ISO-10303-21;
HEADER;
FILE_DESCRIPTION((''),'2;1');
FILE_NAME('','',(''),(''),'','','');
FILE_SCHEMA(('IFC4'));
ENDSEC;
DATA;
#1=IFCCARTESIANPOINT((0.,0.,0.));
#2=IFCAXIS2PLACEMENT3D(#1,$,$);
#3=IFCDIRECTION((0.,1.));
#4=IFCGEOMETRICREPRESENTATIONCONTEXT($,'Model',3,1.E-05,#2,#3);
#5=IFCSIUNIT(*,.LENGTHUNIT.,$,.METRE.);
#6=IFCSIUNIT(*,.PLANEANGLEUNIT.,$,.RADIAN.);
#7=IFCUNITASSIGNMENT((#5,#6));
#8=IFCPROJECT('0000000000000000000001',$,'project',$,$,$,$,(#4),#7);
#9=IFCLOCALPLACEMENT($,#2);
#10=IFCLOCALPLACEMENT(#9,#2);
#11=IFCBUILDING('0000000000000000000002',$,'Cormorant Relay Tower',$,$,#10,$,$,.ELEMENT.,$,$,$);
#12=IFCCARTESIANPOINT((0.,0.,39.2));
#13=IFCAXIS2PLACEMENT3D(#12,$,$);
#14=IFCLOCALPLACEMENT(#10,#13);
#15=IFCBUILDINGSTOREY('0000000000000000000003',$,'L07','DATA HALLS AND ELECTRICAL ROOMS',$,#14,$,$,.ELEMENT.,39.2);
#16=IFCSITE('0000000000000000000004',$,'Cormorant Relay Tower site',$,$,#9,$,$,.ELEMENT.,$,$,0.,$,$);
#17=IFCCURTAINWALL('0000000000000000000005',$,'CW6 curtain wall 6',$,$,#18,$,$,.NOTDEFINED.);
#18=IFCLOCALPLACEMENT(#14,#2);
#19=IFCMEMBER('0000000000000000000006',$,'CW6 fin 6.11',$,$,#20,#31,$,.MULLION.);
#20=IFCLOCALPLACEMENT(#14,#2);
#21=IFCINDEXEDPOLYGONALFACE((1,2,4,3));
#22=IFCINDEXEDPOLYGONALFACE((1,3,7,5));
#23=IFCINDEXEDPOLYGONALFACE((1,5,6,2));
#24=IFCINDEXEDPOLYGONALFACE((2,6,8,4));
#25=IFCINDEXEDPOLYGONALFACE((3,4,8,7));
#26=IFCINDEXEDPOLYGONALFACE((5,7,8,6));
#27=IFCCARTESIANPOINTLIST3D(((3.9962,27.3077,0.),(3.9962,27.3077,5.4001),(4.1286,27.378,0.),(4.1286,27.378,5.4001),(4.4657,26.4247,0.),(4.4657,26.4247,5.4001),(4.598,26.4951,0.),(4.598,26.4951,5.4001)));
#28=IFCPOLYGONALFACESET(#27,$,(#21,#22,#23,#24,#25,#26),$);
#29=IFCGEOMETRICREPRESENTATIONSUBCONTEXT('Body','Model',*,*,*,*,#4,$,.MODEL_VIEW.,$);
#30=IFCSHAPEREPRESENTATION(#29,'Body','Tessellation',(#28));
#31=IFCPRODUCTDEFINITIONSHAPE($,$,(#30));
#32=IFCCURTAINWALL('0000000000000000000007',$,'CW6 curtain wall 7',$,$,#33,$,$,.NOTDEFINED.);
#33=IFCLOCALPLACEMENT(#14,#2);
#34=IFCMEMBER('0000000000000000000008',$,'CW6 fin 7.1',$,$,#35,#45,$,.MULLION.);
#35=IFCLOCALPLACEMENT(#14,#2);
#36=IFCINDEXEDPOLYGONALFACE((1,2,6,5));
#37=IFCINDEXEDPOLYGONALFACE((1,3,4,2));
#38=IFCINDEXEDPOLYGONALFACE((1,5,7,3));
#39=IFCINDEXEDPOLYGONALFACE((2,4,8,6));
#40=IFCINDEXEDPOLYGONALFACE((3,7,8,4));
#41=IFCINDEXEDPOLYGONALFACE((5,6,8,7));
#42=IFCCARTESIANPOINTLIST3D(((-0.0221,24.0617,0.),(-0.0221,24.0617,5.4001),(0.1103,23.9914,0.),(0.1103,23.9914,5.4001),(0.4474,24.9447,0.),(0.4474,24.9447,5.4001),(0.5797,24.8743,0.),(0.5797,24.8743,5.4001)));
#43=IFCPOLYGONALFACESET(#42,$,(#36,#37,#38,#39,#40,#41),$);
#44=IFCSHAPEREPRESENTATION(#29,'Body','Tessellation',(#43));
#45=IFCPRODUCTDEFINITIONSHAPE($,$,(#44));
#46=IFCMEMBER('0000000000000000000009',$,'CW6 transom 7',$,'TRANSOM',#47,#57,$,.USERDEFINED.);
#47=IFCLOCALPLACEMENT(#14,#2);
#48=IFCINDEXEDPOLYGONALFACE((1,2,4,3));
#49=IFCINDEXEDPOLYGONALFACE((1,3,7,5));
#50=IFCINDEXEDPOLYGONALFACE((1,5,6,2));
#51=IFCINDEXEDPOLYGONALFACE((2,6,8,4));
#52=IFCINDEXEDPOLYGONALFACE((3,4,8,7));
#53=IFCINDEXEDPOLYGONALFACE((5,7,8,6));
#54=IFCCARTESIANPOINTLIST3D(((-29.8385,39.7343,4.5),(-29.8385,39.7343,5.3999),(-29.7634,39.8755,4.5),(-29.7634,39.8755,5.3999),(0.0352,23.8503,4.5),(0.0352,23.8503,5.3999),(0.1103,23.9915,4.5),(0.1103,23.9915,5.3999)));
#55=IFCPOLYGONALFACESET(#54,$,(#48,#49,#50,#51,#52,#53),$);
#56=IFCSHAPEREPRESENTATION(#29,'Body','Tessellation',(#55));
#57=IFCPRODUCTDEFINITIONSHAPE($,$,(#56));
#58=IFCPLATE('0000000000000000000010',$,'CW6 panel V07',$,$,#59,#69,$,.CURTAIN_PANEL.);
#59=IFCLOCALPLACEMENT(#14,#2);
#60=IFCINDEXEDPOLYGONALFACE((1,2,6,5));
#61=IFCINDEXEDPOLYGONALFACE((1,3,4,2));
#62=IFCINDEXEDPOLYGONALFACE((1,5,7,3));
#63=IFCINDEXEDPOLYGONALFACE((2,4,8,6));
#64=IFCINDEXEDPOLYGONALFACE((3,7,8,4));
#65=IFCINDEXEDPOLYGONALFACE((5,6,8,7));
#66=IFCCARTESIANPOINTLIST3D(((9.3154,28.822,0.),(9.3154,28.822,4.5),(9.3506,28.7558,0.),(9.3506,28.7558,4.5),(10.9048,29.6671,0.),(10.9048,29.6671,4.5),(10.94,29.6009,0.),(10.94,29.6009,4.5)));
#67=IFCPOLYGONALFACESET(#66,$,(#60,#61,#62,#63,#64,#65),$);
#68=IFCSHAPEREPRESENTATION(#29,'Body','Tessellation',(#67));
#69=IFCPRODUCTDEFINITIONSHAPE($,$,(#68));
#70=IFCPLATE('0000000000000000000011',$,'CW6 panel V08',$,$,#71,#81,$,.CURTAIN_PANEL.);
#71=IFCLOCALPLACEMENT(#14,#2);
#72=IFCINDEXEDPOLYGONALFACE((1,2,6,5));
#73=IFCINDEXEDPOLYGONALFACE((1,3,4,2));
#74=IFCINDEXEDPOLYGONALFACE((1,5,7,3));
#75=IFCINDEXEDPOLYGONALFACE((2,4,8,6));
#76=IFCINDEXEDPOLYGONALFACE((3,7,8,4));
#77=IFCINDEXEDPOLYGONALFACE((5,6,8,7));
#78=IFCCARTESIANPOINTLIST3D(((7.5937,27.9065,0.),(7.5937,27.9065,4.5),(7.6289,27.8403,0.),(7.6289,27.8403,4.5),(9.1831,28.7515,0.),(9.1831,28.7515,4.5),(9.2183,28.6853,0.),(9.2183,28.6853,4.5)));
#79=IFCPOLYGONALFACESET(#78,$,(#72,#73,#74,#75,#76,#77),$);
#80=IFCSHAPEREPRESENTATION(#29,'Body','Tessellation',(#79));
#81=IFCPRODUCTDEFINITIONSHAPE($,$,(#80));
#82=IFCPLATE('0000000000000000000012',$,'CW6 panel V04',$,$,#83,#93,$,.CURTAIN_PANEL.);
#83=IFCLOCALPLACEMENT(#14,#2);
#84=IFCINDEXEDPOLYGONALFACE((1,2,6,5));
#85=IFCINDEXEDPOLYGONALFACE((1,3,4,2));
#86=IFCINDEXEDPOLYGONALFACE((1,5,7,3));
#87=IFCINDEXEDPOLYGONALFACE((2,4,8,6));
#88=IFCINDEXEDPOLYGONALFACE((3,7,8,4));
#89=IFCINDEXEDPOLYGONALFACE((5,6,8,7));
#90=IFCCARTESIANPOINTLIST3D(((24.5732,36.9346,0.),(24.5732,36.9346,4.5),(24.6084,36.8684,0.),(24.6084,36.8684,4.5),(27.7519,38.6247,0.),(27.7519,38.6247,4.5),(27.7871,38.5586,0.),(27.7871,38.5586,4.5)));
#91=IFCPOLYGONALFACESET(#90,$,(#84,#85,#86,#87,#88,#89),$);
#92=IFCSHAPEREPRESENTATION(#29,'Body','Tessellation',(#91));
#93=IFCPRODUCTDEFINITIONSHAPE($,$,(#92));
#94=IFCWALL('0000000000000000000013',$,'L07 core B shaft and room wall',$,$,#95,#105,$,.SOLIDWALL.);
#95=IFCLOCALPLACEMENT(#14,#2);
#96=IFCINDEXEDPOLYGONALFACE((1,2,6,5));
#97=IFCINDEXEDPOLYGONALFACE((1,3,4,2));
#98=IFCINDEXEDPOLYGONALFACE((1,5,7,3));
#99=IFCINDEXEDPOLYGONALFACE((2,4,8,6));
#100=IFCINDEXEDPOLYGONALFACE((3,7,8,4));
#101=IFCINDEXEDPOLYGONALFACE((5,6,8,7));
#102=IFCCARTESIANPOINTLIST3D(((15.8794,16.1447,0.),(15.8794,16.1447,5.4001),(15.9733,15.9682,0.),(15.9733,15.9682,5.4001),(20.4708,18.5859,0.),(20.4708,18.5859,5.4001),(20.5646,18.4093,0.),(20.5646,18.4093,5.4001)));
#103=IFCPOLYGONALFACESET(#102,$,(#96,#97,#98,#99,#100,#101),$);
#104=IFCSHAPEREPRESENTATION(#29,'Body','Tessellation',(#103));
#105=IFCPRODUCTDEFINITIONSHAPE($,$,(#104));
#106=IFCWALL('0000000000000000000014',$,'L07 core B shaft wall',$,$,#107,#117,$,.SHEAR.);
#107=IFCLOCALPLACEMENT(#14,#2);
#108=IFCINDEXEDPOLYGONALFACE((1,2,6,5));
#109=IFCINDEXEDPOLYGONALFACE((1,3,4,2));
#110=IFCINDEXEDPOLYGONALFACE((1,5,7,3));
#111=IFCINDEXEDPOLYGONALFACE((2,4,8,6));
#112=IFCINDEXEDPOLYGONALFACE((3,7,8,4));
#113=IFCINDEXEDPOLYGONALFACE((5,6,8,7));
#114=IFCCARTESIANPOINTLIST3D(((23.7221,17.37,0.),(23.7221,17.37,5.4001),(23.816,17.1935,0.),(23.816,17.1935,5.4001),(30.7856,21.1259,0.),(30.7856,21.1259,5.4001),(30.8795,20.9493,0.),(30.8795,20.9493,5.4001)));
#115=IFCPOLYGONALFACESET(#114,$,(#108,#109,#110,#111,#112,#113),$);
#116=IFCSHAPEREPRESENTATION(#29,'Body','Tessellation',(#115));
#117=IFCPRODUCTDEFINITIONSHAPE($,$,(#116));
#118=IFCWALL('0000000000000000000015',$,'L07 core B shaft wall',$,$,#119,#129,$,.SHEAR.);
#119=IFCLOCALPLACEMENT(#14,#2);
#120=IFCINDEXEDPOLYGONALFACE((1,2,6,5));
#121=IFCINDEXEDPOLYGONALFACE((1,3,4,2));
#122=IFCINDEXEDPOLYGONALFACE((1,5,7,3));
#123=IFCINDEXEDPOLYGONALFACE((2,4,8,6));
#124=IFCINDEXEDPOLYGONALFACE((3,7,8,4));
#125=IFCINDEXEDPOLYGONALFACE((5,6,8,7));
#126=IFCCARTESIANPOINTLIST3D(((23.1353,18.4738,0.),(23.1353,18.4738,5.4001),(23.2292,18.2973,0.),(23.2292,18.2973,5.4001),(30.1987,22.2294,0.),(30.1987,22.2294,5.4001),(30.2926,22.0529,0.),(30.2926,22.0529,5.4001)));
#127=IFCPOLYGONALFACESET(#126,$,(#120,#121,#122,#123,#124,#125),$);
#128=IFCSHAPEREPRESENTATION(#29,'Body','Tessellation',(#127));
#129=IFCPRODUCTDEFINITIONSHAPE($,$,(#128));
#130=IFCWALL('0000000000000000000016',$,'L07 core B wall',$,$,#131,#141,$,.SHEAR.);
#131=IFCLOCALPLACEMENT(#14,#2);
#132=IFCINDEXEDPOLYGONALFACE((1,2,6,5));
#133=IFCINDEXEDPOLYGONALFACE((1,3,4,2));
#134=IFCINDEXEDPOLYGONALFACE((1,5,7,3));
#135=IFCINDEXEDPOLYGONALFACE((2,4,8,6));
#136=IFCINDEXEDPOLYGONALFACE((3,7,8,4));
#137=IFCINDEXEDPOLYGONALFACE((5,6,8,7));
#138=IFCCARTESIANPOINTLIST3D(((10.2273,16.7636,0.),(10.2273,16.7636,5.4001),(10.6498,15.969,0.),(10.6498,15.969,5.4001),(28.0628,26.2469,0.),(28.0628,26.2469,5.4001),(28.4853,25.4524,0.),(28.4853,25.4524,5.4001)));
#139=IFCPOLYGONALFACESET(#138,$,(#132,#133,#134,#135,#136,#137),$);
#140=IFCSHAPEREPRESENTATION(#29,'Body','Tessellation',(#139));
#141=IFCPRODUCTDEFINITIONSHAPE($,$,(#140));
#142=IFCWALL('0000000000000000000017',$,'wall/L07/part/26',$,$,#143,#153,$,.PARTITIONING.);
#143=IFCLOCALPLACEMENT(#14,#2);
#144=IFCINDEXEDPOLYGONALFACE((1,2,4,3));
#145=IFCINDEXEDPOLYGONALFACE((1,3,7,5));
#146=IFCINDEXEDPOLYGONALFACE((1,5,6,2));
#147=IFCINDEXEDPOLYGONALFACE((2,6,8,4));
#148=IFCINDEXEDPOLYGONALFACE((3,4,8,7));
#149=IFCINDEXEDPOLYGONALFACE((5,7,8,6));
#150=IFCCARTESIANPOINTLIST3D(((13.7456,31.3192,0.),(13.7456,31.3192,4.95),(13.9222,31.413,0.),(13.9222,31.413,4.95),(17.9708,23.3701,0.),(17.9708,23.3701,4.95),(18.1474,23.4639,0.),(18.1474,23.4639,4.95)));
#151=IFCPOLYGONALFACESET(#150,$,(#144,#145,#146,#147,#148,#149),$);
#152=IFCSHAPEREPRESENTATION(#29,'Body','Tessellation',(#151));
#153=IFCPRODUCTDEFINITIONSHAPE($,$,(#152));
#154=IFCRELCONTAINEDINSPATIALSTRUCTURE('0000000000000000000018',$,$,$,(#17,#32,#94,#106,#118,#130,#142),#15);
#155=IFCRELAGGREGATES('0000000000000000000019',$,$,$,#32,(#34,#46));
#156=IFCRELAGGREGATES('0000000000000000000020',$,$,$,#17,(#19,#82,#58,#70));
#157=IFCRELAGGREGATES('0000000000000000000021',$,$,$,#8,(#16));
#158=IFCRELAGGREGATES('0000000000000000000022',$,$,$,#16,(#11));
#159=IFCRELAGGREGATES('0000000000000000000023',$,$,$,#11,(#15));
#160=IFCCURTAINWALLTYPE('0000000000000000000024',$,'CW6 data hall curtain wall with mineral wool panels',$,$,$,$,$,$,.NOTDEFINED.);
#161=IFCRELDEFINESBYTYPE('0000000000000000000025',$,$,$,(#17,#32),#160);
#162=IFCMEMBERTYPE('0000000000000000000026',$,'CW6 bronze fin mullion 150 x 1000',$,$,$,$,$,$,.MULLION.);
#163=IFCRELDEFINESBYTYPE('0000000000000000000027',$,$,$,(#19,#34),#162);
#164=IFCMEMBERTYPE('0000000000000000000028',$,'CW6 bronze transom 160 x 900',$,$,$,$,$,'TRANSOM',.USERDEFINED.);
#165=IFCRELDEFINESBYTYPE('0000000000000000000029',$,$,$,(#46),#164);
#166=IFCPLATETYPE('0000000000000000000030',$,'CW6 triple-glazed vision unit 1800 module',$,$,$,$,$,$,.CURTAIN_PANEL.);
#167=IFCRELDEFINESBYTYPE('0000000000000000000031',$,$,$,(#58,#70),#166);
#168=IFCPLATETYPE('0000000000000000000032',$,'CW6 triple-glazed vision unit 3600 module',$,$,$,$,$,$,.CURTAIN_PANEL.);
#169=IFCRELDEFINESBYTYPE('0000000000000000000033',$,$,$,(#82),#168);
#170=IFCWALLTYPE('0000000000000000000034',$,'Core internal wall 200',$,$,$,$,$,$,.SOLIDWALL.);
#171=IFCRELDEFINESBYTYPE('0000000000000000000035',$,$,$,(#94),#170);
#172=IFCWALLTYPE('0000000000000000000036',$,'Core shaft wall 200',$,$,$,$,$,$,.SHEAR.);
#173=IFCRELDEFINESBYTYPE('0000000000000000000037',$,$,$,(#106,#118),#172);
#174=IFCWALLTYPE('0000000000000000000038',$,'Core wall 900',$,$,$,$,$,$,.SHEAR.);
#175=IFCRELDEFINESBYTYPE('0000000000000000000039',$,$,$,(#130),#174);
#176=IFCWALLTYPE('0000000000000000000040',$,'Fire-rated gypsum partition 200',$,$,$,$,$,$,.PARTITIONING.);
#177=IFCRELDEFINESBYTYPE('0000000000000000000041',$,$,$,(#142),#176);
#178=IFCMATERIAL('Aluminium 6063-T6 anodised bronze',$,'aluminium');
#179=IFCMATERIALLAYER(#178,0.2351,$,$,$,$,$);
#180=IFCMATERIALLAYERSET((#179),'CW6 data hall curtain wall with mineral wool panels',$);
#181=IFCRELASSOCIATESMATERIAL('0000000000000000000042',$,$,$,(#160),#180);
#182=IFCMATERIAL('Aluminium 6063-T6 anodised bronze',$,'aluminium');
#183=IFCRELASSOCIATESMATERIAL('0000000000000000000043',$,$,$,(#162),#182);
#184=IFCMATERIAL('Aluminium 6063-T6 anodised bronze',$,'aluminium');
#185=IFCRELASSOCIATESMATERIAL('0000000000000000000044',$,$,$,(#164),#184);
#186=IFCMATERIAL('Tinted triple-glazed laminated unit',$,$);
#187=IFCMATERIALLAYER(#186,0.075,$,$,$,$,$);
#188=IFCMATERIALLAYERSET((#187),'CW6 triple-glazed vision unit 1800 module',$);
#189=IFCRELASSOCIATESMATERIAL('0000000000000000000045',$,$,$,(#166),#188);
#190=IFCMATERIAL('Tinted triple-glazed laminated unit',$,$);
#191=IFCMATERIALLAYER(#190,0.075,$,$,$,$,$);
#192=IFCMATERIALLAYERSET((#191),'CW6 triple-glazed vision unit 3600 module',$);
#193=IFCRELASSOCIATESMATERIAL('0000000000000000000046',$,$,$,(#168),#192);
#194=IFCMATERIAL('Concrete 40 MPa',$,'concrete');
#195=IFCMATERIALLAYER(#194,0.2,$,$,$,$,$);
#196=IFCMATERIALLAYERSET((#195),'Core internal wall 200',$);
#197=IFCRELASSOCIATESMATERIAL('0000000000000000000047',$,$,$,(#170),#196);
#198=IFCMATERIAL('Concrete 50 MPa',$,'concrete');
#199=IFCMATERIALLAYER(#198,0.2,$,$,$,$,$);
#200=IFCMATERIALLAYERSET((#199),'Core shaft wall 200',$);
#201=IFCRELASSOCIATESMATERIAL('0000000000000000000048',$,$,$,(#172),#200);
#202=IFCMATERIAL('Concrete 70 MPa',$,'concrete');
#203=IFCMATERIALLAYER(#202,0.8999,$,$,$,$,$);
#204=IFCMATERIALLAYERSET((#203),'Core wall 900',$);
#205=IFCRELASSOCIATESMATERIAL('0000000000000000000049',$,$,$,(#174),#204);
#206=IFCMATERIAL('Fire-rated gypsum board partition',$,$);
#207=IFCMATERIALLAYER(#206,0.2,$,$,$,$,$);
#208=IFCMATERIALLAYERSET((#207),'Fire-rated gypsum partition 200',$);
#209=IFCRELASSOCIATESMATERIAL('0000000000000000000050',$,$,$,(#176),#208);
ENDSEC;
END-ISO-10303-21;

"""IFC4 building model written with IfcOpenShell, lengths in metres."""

from ifc_helpers import new_model, si_unit, direction, frame, frame_2d, origin, origin_2d, place, context, subcontext, project, spatial, rectangle, extrude, material, layer, layer_set, material_profile, profile_set, type_object, element, aggregate, save


model = new_model("IFC4")

# Units and contexts
model_context = context("Model", 3, precision=1e-05, world=origin(), true_north=direction((0.0, 1.0)))
body_context = subcontext(model_context, "Body", "Model", "MODEL_VIEW")
ifc_project = project(units=[si_unit("LENGTHUNIT", "METRE"), si_unit("PLANEANGLEUNIT", "RADIAN")], contexts=[model_context])

# Site, building, storey
site_placement = place(None, origin())
site = spatial("IfcSite", under=ifc_project, at=site_placement, Name="Cormorant Relay Tower site", CompositionType="ELEMENT", RefElevation=0.0)
building_placement = place(site_placement, origin())
building = spatial("IfcBuilding", under=site, at=building_placement, Name="Cormorant Relay Tower", CompositionType="ELEMENT")
storey_placement = place(building_placement, frame((0.0, 0.0, 39.2)))
storey = spatial("IfcBuildingStorey", under=building, at=storey_placement, Name="L07", Description="DATA HALLS AND ELECTRICAL ROOMS", CompositionType="ELEMENT", Elevation=39.2)

# Curtain walls, members
ifc_material_1 = material(Name="Aluminium 6063-T6 anodised bronze", Category="aluminium")
ifc_layer_1 = layer(ifc_material_1, 0.2351)
ifc_layer_set_1 = layer_set([ifc_layer_1], Name="CW6 data hall curtain wall with mineral wool panels")
curtain_wall_type = type_object("IfcCurtainWallType", Name="CW6 data hall curtain wall with mineral wool panels", PredefinedType="NOTDEFINED", material=ifc_layer_set_1)
curtain_wall_1_placement = place(storey_placement, origin())
curtain_wall_1 = element("IfcCurtainWall", 1, at=curtain_wall_1_placement, inside=storey, type_object=curtain_wall_type, Name="CW6 curtain wall 6", PredefinedType="NOTDEFINED")
ifc_material_2 = material(Name="Aluminium 6063-T6 anodised bronze", Category="aluminium")
ifc_material_profile_1 = material_profile(ifc_material_2, rectangle(XDim=0.1499, YDim=1.0, at=origin_2d()), Name="AL 150x1000")
ifc_profile_set_1 = profile_set([ifc_material_profile_1], Name="Aluminium 6063-T6 anodised bronze")
member_type_1 = type_object("IfcMemberType", Name="CW6 bronze fin mullion 150 x 1000", PredefinedType="MULLION", material=ifc_profile_set_1)
member_1_placement = place(storey_placement, frame((4.2971, 26.9014, 0.0), z_axis=(0.0, 0.0, 1.0), x_axis=(-0.882948, -0.469472, 0.0)))
member_1 = element("IfcMember", 2, at=member_1_placement, type_object=member_type_1, Name="CW6 fin 6.11", PredefinedType="MULLION", context=body_context, shape_type="SweptSolid", body=[
    extrude(rectangle(XDim=0.1499, YDim=1.0, at=origin_2d()), origin(), (0.0, 0.0, 1.0), 5.4001),
])
curtain_wall_2_placement = place(storey_placement, origin())
curtain_wall_2 = element("IfcCurtainWall", 3, at=curtain_wall_2_placement, inside=storey, type_object=curtain_wall_type, Name="CW6 curtain wall 7", PredefinedType="NOTDEFINED")
member_2_placement = place(storey_placement, frame((0.2788, 24.468, 0.0), z_axis=(0.0, 0.0, 1.0), x_axis=(-0.882948, 0.469472, 0.0)))
member_2 = element("IfcMember", 4, at=member_2_placement, type_object=member_type_1, Name="CW6 fin 7.1", PredefinedType="MULLION", context=body_context, shape_type="SweptSolid", body=[
    extrude(rectangle(XDim=0.1499, YDim=1.0, at=origin_2d()), origin(), (0.0, 0.0, 1.0), 5.4001),
])
ifc_material_3 = material(Name="Aluminium 6063-T6 anodised bronze", Category="aluminium")
ifc_material_profile_2 = material_profile(ifc_material_3, rectangle(XDim=0.1599, YDim=0.8999, at=origin_2d()), Name="AL 160x900")
ifc_profile_set_2 = profile_set([ifc_material_profile_2], Name="Aluminium 6063-T6 anodised bronze")
member_type_2 = type_object("IfcMemberType", Name="CW6 bronze transom 160 x 900", ElementType="TRANSOM", PredefinedType="USERDEFINED", material=ifc_profile_set_2)
member_3_placement = place(storey_placement, frame((0.0728, 23.9209, 4.95), z_axis=(-0.882949, 0.469468, 0.0), x_axis=(-0.469468, -0.882949, 0.0)))
member_3 = element("IfcMember", 5, at=member_3_placement, type_object=member_type_2, Name="CW6 transom 7", ObjectType="TRANSOM", PredefinedType="USERDEFINED", context=body_context, shape_type="SweptSolid", body=[
    extrude(rectangle(XDim=0.1599, YDim=0.8999, at=origin_2d()), origin(), (0.0, 0.0, 1.0), 33.834),
])
aggregate(curtain_wall_2, [member_2, member_3])

# Plates
ifc_material_4 = material(Name="Tinted triple-glazed laminated unit")
ifc_layer_2 = layer(ifc_material_4, 0.075)
ifc_layer_set_2 = layer_set([ifc_layer_2], Name="CW6 triple-glazed vision unit 1800 module")
plate_type_1 = type_object("IfcPlateType", Name="CW6 triple-glazed vision unit 1800 module", PredefinedType="CURTAIN_PANEL", material=ifc_layer_set_2)
plate_1_placement = place(storey_placement, frame((10.1277, 29.2114, 0.0), z_axis=(0.0, 0.0, 1.0), x_axis=(-0.882948, -0.469472, 0.0)))
plate_1 = element("IfcPlate", 6, at=plate_1_placement, type_object=plate_type_1, Name="CW6 panel V07", PredefinedType="CURTAIN_PANEL", context=body_context, shape_type="SweptSolid", body=[
    extrude(rectangle(XDim=1.8, YDim=0.075, at=origin_2d()), origin(), (0.0, 0.0, 1.0), 4.5),
])
plate_2_placement = place(storey_placement, frame((8.406, 28.2959, 0.0), z_axis=(0.0, 0.0, 1.0), x_axis=(-0.882948, -0.469472, 0.0)))
plate_2 = element("IfcPlate", 7, at=plate_2_placement, type_object=plate_type_1, Name="CW6 panel V08", PredefinedType="CURTAIN_PANEL", context=body_context, shape_type="SweptSolid", body=[
    extrude(rectangle(XDim=1.8, YDim=0.075, at=origin_2d()), origin(), (0.0, 0.0, 1.0), 4.5),
])
ifc_material_5 = material(Name="Tinted triple-glazed laminated unit")
ifc_layer_3 = layer(ifc_material_5, 0.075)
ifc_layer_set_3 = layer_set([ifc_layer_3], Name="CW6 triple-glazed vision unit 3600 module")
plate_type_2 = type_object("IfcPlateType", Name="CW6 triple-glazed vision unit 3600 module", PredefinedType="CURTAIN_PANEL", material=ifc_layer_set_3)
plate_3_placement = place(storey_placement, frame((26.1802, 37.7466, 0.0), z_axis=(0.0, 0.0, 1.0), x_axis=(-0.882948, -0.469472, 0.0)))
plate_3 = element("IfcPlate", 8, at=plate_3_placement, type_object=plate_type_2, Name="CW6 panel V04", PredefinedType="CURTAIN_PANEL", context=body_context, shape_type="SweptSolid", body=[
    extrude(rectangle(XDim=3.6001, YDim=0.075, at=origin_2d()), origin(), (0.0, 0.0, 1.0), 4.5),
])

# Walls
ifc_material_6 = material(Name="Concrete 40 MPa", Category="concrete")
ifc_layer_4 = layer(ifc_material_6, 0.2)
ifc_layer_set_4 = layer_set([ifc_layer_4], Name="Core internal wall 200")
wall_type_1 = type_object("IfcWallType", Name="Core internal wall 200", PredefinedType="SOLIDWALL", material=ifc_layer_set_4)
wall_1_placement = place(storey_placement, frame((15.9263, 16.0564, 0.0), z_axis=(0.0, 0.0, 1.0), x_axis=(0.882954, 0.46946, 0.0)))
element("IfcWall", 9, at=wall_1_placement, inside=storey, type_object=wall_type_1, Name="L07 core B shaft and room wall", PredefinedType="SOLIDWALL", context=body_context, shape_type="SweptSolid", body=[
    extrude(rectangle(XDim=5.2, YDim=0.2, at=frame_2d((2.6001, 0.0))), origin(), (0.0, 0.0, 1.0), 5.4001),
])
ifc_material_7 = material(Name="Concrete 50 MPa", Category="concrete")
ifc_layer_5 = layer(ifc_material_7, 0.2)
ifc_layer_set_5 = layer_set([ifc_layer_5], Name="Core shaft wall 200")
wall_type_2 = type_object("IfcWallType", Name="Core shaft wall 200", PredefinedType="SHEAR", material=ifc_layer_set_5)
wall_2_placement = place(storey_placement, frame((23.769, 17.2817, 0.0), z_axis=(0.0, 0.0, 1.0), x_axis=(0.88294, 0.469485, 0.0)))
element("IfcWall", 10, at=wall_2_placement, inside=storey, type_object=wall_type_2, Name="L07 core B shaft wall", PredefinedType="SHEAR", context=body_context, shape_type="SweptSolid", body=[
    extrude(rectangle(XDim=8.0, YDim=0.2, at=frame_2d((4.0, 0.0))), origin(), (0.0, 0.0, 1.0), 5.4001),
])
wall_3_placement = place(storey_placement, frame((23.1821, 18.3855, 0.0), z_axis=(0.0, 0.0, 1.0), x_axis=(0.882953, 0.469462, 0.0)))
element("IfcWall", 11, at=wall_3_placement, inside=storey, type_object=wall_type_2, Name="L07 core B shaft wall", PredefinedType="SHEAR", context=body_context, shape_type="SweptSolid", body=[
    extrude(rectangle(XDim=7.9998, YDim=0.2, at=frame_2d((4.0, 0.0))), origin(), (0.0, 0.0, 1.0), 5.4001),
])
ifc_material_8 = material(Name="Concrete 70 MPa", Category="concrete")
ifc_layer_6 = layer(ifc_material_8, 0.8999)
ifc_layer_set_6 = layer_set([ifc_layer_6], Name="Core wall 900")
wall_type_3 = type_object("IfcWallType", Name="Core wall 900", PredefinedType="SHEAR", material=ifc_layer_set_6)
wall_4_placement = place(storey_placement, frame((10.4385, 16.3662, 0.0), z_axis=(0.0, 0.0, 1.0), x_axis=(0.882945, 0.469476, 0.0)))
element("IfcWall", 12, at=wall_4_placement, inside=storey, type_object=wall_type_3, Name="L07 core B wall", PredefinedType="SHEAR", context=body_context, shape_type="SweptSolid", body=[
    extrude(rectangle(XDim=20.2, YDim=0.8999, at=frame_2d((10.1001, 0.0))), origin(), (0.0, 0.0, 1.0), 5.4001),
])
ifc_material_9 = material(Name="Fire-rated gypsum board partition")
ifc_layer_7 = layer(ifc_material_9, 0.2)
ifc_layer_set_7 = layer_set([ifc_layer_7], Name="Fire-rated gypsum partition 200")
wall_type_4 = type_object("IfcWallType", Name="Fire-rated gypsum partition 200", PredefinedType="PARTITIONING", material=ifc_layer_set_7)
wall_5_placement = place(storey_placement, frame((13.834, 31.366, 0.0), z_axis=(0.0, 0.0, 1.0), x_axis=(0.469346, -0.883014, 0.0)))
element("IfcWall", 13, at=wall_5_placement, inside=storey, type_object=wall_type_4, Name="wall/L07/part/26", PredefinedType="PARTITIONING", context=body_context, shape_type="SweptSolid", body=[
    extrude(rectangle(XDim=9.0022, YDim=0.2, at=frame_2d((4.501, 0.0))), origin(), (0.0, 0.0, 1.0), 4.95),
])

aggregate(curtain_wall_1, [member_1, plate_3, plate_1, plate_2])

save(model, "model.ifc")
